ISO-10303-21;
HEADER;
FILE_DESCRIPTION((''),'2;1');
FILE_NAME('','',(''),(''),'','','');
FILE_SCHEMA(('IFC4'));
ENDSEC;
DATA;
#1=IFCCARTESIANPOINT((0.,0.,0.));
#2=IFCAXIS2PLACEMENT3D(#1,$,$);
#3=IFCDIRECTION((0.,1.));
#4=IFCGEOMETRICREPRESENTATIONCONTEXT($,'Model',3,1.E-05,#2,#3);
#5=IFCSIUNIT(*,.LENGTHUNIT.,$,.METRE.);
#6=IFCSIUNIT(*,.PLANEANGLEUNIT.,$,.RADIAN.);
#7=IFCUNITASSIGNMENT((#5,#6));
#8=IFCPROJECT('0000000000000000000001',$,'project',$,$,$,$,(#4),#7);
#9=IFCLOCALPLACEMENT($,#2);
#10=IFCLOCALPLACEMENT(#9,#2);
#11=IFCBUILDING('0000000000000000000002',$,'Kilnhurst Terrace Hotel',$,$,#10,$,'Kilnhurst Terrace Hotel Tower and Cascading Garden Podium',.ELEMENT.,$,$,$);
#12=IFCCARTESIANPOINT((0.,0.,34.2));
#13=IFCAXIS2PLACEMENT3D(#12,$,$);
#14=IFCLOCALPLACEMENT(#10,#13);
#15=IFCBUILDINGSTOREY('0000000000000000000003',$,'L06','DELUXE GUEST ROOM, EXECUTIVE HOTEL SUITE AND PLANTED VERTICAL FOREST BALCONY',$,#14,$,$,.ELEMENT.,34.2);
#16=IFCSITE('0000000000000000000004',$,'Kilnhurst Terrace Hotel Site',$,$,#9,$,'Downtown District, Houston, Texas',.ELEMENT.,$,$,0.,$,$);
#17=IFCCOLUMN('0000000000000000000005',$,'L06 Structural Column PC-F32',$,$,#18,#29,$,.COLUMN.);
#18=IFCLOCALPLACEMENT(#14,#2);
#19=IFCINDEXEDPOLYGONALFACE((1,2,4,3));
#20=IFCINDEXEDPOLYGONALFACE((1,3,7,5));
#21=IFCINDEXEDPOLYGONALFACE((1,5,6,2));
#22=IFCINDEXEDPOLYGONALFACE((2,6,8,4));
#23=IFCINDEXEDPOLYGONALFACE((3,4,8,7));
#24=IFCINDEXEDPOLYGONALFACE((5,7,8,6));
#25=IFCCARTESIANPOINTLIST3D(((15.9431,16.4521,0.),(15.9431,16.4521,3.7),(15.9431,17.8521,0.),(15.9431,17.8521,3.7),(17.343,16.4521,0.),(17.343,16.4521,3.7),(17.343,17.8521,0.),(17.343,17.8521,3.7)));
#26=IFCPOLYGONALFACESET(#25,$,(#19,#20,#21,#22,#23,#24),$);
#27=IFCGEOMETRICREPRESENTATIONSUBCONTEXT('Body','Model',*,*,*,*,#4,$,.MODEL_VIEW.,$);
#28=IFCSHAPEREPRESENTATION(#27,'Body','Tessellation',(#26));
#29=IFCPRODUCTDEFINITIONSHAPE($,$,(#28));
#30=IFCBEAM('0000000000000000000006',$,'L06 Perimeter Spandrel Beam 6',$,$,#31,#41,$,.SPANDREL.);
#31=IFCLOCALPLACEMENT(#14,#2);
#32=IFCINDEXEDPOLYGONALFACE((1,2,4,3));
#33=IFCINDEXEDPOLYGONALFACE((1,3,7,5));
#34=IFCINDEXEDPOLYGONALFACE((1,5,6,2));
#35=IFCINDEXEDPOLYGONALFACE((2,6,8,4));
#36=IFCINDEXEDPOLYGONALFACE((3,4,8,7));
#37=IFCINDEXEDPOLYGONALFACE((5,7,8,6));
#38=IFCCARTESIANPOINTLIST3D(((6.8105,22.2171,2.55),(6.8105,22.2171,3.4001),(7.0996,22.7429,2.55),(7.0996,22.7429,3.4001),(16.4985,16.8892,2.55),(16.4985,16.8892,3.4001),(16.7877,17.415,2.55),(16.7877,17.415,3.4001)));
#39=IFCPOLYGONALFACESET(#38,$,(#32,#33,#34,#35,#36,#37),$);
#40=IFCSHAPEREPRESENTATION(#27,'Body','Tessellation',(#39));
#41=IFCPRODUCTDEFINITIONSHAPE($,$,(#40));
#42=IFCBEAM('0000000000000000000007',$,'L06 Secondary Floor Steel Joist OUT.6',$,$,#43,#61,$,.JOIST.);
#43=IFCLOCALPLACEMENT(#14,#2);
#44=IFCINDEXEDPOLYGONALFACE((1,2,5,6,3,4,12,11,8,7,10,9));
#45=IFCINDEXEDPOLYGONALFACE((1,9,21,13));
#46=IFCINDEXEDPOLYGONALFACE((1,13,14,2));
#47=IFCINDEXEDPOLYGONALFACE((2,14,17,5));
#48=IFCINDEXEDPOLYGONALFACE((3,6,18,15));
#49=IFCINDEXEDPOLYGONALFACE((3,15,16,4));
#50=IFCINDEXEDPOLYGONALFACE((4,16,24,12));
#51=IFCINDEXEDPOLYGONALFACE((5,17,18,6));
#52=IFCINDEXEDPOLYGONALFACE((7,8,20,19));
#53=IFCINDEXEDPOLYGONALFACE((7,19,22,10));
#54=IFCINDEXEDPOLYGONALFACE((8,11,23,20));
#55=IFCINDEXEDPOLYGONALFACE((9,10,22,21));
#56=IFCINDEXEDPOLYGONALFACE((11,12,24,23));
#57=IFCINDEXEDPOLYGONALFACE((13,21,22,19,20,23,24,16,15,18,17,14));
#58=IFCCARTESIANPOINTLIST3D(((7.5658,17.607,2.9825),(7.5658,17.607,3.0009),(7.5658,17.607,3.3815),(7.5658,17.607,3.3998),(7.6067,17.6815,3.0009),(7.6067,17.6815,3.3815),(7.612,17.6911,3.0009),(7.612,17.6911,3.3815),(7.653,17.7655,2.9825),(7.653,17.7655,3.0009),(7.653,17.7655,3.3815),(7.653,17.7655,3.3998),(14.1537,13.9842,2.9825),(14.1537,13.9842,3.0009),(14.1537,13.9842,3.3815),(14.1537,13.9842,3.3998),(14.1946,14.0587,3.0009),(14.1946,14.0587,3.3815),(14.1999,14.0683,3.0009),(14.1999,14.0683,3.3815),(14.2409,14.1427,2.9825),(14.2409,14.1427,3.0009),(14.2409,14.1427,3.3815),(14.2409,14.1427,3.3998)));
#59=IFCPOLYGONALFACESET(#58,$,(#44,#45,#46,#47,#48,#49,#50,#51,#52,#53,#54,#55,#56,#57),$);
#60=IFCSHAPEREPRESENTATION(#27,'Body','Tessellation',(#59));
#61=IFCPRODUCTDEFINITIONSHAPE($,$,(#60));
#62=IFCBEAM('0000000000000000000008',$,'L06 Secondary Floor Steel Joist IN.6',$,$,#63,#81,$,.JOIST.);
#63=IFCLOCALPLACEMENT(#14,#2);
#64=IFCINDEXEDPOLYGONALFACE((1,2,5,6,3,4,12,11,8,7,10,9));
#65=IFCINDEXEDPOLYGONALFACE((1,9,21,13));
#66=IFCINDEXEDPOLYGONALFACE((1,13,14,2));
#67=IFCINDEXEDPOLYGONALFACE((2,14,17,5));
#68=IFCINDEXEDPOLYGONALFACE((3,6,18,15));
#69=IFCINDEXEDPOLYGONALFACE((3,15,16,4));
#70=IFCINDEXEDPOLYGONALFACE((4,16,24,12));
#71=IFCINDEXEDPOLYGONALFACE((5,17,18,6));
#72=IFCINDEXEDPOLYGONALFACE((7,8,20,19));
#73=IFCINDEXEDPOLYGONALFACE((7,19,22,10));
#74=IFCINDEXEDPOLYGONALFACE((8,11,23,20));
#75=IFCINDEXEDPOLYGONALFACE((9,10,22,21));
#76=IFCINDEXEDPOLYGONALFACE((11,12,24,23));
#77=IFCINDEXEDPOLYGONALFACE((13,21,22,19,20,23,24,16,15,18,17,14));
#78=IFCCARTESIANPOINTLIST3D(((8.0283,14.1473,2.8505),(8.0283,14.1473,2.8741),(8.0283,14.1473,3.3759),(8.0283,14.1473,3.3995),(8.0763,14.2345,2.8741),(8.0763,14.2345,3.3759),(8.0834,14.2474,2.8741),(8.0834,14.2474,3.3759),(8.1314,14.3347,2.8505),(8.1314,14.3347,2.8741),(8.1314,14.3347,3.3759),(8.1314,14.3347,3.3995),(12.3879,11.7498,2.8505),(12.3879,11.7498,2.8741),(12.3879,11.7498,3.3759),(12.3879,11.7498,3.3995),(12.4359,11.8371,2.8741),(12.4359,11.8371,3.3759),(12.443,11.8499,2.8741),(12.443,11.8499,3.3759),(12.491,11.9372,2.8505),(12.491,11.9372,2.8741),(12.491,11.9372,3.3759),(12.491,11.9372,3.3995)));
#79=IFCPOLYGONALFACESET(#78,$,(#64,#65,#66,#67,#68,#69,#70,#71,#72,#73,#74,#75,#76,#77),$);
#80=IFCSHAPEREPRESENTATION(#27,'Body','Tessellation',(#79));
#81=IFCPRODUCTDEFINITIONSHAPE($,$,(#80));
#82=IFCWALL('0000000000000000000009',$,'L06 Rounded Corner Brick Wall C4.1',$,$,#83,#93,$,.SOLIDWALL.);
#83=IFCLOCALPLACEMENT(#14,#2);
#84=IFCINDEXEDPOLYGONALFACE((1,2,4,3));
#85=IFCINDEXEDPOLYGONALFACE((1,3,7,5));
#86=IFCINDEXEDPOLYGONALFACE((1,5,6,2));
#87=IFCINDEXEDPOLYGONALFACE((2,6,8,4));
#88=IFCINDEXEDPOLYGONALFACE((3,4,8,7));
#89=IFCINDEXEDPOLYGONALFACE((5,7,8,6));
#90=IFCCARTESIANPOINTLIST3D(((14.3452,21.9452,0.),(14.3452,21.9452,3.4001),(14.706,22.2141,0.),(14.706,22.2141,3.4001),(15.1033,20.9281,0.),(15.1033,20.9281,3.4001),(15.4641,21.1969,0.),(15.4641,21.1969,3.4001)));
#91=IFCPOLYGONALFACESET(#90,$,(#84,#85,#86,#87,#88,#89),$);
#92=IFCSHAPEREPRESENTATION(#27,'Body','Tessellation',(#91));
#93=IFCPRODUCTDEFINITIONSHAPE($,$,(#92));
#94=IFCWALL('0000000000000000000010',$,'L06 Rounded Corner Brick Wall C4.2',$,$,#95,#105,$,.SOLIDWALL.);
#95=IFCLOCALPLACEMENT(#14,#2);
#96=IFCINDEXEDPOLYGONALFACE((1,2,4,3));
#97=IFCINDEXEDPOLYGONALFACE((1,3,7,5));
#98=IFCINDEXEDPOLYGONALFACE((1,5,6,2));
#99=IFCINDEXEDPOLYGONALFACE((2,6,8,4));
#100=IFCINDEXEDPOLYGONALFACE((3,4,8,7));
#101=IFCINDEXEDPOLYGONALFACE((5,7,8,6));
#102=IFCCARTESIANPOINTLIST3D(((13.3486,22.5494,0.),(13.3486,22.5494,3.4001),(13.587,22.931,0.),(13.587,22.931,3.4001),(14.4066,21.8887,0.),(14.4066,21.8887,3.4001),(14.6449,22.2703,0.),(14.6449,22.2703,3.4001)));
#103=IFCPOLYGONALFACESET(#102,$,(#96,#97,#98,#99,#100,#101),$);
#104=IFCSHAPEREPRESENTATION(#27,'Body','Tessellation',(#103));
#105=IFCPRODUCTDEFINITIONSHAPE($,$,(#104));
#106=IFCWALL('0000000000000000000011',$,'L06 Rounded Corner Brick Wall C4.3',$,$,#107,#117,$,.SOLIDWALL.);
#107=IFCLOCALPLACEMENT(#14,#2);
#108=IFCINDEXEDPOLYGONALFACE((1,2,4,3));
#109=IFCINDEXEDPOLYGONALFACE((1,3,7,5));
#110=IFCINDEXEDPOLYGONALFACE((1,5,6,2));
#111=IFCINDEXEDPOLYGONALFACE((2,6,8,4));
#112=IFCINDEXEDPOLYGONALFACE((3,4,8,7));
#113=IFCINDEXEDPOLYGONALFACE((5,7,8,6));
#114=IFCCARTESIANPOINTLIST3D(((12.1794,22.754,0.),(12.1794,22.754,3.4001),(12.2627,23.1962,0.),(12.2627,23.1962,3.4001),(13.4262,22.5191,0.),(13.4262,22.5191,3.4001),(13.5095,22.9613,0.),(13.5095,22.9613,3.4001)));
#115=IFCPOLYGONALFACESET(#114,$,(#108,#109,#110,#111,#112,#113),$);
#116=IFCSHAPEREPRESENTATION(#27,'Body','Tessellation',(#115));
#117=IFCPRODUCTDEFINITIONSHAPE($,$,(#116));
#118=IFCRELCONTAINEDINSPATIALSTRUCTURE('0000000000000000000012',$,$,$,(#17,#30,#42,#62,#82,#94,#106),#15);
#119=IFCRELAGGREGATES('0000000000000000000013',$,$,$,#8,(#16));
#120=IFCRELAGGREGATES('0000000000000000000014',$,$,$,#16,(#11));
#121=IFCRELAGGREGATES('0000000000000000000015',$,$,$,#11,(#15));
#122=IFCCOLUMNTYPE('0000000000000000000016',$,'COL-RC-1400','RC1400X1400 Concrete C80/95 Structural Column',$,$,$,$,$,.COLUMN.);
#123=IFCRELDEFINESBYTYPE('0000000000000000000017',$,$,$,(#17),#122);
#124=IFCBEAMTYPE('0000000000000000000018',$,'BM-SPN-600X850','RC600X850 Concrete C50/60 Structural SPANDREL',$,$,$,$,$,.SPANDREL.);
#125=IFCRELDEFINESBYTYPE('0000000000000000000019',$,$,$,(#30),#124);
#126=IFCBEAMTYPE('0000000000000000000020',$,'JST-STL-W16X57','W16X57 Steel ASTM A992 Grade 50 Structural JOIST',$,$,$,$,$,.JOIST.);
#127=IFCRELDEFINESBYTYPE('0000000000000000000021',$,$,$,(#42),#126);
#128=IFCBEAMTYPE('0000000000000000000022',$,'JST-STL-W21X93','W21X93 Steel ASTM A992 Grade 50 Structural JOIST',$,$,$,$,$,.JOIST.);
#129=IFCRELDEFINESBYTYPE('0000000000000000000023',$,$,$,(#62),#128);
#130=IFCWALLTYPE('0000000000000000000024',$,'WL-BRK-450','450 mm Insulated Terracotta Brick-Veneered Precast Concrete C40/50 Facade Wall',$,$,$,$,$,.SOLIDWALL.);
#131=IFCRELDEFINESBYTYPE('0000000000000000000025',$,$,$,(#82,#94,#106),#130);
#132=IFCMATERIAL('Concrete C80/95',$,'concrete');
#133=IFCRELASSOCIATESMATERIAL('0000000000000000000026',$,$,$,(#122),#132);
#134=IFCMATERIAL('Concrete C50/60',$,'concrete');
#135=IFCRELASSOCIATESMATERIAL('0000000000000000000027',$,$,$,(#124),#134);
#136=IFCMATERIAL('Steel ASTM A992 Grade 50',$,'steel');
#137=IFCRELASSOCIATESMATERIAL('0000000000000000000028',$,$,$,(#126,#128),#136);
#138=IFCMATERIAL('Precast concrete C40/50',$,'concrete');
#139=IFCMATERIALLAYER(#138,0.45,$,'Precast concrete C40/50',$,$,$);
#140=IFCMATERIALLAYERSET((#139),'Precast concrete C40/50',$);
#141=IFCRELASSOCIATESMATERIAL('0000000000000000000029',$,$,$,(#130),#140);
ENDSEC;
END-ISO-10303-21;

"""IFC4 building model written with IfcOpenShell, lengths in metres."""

from ifc_helpers import new_model, si_unit, direction, frame, frame_2d, origin, origin_2d, place, context, subcontext, project, spatial, rectangle, i_section, extrude, material, layer, layer_set, material_profile, profile_set, type_object, element, save


model = new_model("IFC4")

# Units and contexts
model_context = context("Model", 3, precision=1e-05, world=origin(), true_north=direction((0.0, 1.0)))
body_context = subcontext(model_context, "Body", "Model", "MODEL_VIEW")
ifc_project = project(units=[si_unit("LENGTHUNIT", "METRE"), si_unit("PLANEANGLEUNIT", "RADIAN")], contexts=[model_context])

# Site, building, storey
site_placement = place(None, origin())
site = spatial("IfcSite", under=ifc_project, at=site_placement, Name="Kilnhurst Terrace Hotel Site", LongName="Downtown District, Houston, Texas", CompositionType="ELEMENT", RefElevation=0.0)
building_placement = place(site_placement, origin())
building = spatial("IfcBuilding", under=site, at=building_placement, Name="Kilnhurst Terrace Hotel", LongName="Kilnhurst Terrace Hotel Tower and Cascading Garden Podium", CompositionType="ELEMENT")
storey_placement = place(building_placement, frame((0.0, 0.0, 34.2)))
storey = spatial("IfcBuildingStorey", under=building, at=storey_placement, Name="L06", Description="DELUXE GUEST ROOM, EXECUTIVE HOTEL SUITE AND PLANTED VERTICAL FOREST BALCONY", CompositionType="ELEMENT", Elevation=34.2)

# Column
ifc_material_1 = material(Name="Concrete C80/95", Category="concrete")
ifc_material_profile_1 = material_profile(ifc_material_1, rectangle(XDim=1.3999, YDim=1.3999, at=origin_2d()), Name="RC1400X1400")
ifc_profile_set_1 = profile_set([ifc_material_profile_1], Name="Concrete C80/95")
column_type = type_object("IfcColumnType", Name="COL-RC-1400", Description="RC1400X1400 Concrete C80/95 Structural Column", PredefinedType="COLUMN", material=ifc_profile_set_1)
column_placement = place(storey_placement, frame((16.6431, 17.1521, 0.0), z_axis=(0.0, 0.0, 1.0), x_axis=(1.0, 0.0, 0.0)))
element("IfcColumn", 1, at=column_placement, inside=storey, type_object=column_type, Name="L06 Structural Column PC-F32", PredefinedType="COLUMN", context=body_context, shape_type="SweptSolid", body=[
    extrude(rectangle(XDim=1.3999, YDim=1.3999, at=origin_2d()), origin(), (0.0, 0.0, 1.0), 3.7),
])

# Beams
ifc_material_2 = material(Name="Concrete C50/60", Category="concrete")
ifc_material_profile_2 = material_profile(ifc_material_2, rectangle(XDim=0.6001, YDim=0.8501, at=origin_2d()), Name="RC600X850")
ifc_profile_set_2 = profile_set([ifc_material_profile_2], Name="Concrete C50/60")
beam_type_1 = type_object("IfcBeamType", Name="BM-SPN-600X850", Description="RC600X850 Concrete C50/60 Structural SPANDREL", PredefinedType="SPANDREL", material=ifc_profile_set_2)
beam_1_placement = place(storey_placement, frame((16.6431, 17.1521, 2.9751), z_axis=(-0.876235, 0.481883, 0.0), x_axis=(-0.481883, -0.876235, 0.0)))
element("IfcBeam", 2, at=beam_1_placement, inside=storey, type_object=beam_type_1, Name="L06 Perimeter Spandrel Beam 6", PredefinedType="SPANDREL", context=body_context, shape_type="SweptSolid", body=[
    extrude(rectangle(XDim=0.6001, YDim=0.8501, at=origin_2d()), origin(), (0.0, 0.0, 1.0), 11.0564),
])
ifc_material_3 = material(Name="Steel ASTM A992 Grade 50", Category="steel")
ifc_material_profile_3 = material_profile(ifc_material_3, i_section(OverallWidth=0.1809, OverallDepth=0.4172, WebThickness=0.011, FlangeThickness=0.0183, at=origin_2d()), Name="W16X57")
ifc_profile_set_3 = profile_set([ifc_material_profile_3], Name="Steel ASTM A992 Grade 50")
beam_type_2 = type_object("IfcBeamType", Name="JST-STL-W16X57", Description="W16X57 Steel ASTM A992 Grade 50 Structural JOIST", PredefinedType="JOIST", material=ifc_profile_set_3)
beam_2_placement = place(storey_placement, frame((14.1973, 14.0635, 3.1912), z_axis=(-0.876246, 0.481864, 0.0), x_axis=(-0.481864, -0.876246, 0.0)))
element("IfcBeam", 3, at=beam_2_placement, inside=storey, type_object=beam_type_2, Name="L06 Secondary Floor Steel Joist OUT.6", PredefinedType="JOIST", context=body_context, shape_type="SweptSolid", body=[
    extrude(i_section(OverallWidth=0.1809, OverallDepth=0.4172, WebThickness=0.011, FlangeThickness=0.0183, at=origin_2d()), origin(), (0.0, 0.0, 1.0), 7.5183),
])
ifc_material_profile_4 = material_profile(ifc_material_3, i_section(OverallWidth=0.2139, OverallDepth=0.5491, WebThickness=0.0146, FlangeThickness=0.0237, at=origin_2d()), Name="W21X93")
ifc_profile_set_4 = profile_set([ifc_material_profile_4], Name="Steel ASTM A992 Grade 50")
beam_type_3 = type_object("IfcBeamType", Name="JST-STL-W21X93", Description="W21X93 Steel ASTM A992 Grade 50 Structural JOIST", PredefinedType="JOIST", material=ifc_profile_set_4)
beam_3_placement = place(storey_placement, frame((12.4395, 11.8435, 3.125), z_axis=(-0.876244, 0.481868, 0.0), x_axis=(-0.481868, -0.876244, 0.0)))
element("IfcBeam", 4, at=beam_3_placement, inside=storey, type_object=beam_type_3, Name="L06 Secondary Floor Steel Joist IN.6", PredefinedType="JOIST", context=body_context, shape_type="SweptSolid", body=[
    extrude(i_section(OverallWidth=0.2139, OverallDepth=0.5491, WebThickness=0.0146, FlangeThickness=0.0237, at=origin_2d()), origin(), (0.0, 0.0, 1.0), 4.9753),
])

# Walls
ifc_material_4 = material(Name="Precast concrete C40/50", Category="concrete")
ifc_layer_1 = layer(ifc_material_4, 0.45, Name="Precast concrete C40/50")
ifc_layer_set_1 = layer_set([ifc_layer_1], Name="Precast concrete C40/50")
wall_type_1 = type_object("IfcWallType", Name="WL-BRK-450", Description="450 mm Insulated Terracotta Brick-Veneered Precast Concrete C40/50 Facade Wall", PredefinedType="SOLIDWALL", material=ifc_layer_set_1)
wall_1_placement = place(storey_placement, frame((15.2837, 21.0625, 0.0), z_axis=(0.0, 0.0, 1.0), x_axis=(-0.597595, 0.801798, 0.0)))
element("IfcWall", 5, at=wall_1_placement, inside=storey, type_object=wall_type_1, Name="L06 Rounded Corner Brick Wall C4.1", PredefinedType="SOLIDWALL", context=body_context, shape_type="SweptSolid", body=[
    extrude(rectangle(XDim=1.2686, YDim=0.45, at=frame_2d((0.6343, 0.0))), origin(), (0.0, 0.0, 1.0), 3.4001),
])
wall_2_placement = place(storey_placement, frame((14.5256, 22.0796, 0.0), z_axis=(0.0, 0.0, 1.0), x_axis=(-0.848185, 0.5297, 0.0)))
element("IfcWall", 6, at=wall_2_placement, inside=storey, type_object=wall_type_1, Name="L06 Rounded Corner Brick Wall C4.2", PredefinedType="SOLIDWALL", context=body_context, shape_type="SweptSolid", body=[
    extrude(rectangle(XDim=1.2473, YDim=0.45, at=frame_2d((0.6235, 0.0))), origin(), (0.0, 0.0, 1.0), 3.4001),
])
wall_3_placement = place(storey_placement, frame((13.4678, 22.7402, 0.0), z_axis=(0.0, 0.0, 1.0), x_axis=(-0.982717, 0.185113, 0.0)))
element("IfcWall", 7, at=wall_3_placement, inside=storey, type_object=wall_type_1, Name="L06 Rounded Corner Brick Wall C4.3", PredefinedType="SOLIDWALL", context=body_context, shape_type="SweptSolid", body=[
    extrude(rectangle(XDim=1.2688, YDim=0.45, at=frame_2d((0.6343, 0.0))), origin(), (0.0, 0.0, 1.0), 3.4001),
])

save(model, "model.ifc")
